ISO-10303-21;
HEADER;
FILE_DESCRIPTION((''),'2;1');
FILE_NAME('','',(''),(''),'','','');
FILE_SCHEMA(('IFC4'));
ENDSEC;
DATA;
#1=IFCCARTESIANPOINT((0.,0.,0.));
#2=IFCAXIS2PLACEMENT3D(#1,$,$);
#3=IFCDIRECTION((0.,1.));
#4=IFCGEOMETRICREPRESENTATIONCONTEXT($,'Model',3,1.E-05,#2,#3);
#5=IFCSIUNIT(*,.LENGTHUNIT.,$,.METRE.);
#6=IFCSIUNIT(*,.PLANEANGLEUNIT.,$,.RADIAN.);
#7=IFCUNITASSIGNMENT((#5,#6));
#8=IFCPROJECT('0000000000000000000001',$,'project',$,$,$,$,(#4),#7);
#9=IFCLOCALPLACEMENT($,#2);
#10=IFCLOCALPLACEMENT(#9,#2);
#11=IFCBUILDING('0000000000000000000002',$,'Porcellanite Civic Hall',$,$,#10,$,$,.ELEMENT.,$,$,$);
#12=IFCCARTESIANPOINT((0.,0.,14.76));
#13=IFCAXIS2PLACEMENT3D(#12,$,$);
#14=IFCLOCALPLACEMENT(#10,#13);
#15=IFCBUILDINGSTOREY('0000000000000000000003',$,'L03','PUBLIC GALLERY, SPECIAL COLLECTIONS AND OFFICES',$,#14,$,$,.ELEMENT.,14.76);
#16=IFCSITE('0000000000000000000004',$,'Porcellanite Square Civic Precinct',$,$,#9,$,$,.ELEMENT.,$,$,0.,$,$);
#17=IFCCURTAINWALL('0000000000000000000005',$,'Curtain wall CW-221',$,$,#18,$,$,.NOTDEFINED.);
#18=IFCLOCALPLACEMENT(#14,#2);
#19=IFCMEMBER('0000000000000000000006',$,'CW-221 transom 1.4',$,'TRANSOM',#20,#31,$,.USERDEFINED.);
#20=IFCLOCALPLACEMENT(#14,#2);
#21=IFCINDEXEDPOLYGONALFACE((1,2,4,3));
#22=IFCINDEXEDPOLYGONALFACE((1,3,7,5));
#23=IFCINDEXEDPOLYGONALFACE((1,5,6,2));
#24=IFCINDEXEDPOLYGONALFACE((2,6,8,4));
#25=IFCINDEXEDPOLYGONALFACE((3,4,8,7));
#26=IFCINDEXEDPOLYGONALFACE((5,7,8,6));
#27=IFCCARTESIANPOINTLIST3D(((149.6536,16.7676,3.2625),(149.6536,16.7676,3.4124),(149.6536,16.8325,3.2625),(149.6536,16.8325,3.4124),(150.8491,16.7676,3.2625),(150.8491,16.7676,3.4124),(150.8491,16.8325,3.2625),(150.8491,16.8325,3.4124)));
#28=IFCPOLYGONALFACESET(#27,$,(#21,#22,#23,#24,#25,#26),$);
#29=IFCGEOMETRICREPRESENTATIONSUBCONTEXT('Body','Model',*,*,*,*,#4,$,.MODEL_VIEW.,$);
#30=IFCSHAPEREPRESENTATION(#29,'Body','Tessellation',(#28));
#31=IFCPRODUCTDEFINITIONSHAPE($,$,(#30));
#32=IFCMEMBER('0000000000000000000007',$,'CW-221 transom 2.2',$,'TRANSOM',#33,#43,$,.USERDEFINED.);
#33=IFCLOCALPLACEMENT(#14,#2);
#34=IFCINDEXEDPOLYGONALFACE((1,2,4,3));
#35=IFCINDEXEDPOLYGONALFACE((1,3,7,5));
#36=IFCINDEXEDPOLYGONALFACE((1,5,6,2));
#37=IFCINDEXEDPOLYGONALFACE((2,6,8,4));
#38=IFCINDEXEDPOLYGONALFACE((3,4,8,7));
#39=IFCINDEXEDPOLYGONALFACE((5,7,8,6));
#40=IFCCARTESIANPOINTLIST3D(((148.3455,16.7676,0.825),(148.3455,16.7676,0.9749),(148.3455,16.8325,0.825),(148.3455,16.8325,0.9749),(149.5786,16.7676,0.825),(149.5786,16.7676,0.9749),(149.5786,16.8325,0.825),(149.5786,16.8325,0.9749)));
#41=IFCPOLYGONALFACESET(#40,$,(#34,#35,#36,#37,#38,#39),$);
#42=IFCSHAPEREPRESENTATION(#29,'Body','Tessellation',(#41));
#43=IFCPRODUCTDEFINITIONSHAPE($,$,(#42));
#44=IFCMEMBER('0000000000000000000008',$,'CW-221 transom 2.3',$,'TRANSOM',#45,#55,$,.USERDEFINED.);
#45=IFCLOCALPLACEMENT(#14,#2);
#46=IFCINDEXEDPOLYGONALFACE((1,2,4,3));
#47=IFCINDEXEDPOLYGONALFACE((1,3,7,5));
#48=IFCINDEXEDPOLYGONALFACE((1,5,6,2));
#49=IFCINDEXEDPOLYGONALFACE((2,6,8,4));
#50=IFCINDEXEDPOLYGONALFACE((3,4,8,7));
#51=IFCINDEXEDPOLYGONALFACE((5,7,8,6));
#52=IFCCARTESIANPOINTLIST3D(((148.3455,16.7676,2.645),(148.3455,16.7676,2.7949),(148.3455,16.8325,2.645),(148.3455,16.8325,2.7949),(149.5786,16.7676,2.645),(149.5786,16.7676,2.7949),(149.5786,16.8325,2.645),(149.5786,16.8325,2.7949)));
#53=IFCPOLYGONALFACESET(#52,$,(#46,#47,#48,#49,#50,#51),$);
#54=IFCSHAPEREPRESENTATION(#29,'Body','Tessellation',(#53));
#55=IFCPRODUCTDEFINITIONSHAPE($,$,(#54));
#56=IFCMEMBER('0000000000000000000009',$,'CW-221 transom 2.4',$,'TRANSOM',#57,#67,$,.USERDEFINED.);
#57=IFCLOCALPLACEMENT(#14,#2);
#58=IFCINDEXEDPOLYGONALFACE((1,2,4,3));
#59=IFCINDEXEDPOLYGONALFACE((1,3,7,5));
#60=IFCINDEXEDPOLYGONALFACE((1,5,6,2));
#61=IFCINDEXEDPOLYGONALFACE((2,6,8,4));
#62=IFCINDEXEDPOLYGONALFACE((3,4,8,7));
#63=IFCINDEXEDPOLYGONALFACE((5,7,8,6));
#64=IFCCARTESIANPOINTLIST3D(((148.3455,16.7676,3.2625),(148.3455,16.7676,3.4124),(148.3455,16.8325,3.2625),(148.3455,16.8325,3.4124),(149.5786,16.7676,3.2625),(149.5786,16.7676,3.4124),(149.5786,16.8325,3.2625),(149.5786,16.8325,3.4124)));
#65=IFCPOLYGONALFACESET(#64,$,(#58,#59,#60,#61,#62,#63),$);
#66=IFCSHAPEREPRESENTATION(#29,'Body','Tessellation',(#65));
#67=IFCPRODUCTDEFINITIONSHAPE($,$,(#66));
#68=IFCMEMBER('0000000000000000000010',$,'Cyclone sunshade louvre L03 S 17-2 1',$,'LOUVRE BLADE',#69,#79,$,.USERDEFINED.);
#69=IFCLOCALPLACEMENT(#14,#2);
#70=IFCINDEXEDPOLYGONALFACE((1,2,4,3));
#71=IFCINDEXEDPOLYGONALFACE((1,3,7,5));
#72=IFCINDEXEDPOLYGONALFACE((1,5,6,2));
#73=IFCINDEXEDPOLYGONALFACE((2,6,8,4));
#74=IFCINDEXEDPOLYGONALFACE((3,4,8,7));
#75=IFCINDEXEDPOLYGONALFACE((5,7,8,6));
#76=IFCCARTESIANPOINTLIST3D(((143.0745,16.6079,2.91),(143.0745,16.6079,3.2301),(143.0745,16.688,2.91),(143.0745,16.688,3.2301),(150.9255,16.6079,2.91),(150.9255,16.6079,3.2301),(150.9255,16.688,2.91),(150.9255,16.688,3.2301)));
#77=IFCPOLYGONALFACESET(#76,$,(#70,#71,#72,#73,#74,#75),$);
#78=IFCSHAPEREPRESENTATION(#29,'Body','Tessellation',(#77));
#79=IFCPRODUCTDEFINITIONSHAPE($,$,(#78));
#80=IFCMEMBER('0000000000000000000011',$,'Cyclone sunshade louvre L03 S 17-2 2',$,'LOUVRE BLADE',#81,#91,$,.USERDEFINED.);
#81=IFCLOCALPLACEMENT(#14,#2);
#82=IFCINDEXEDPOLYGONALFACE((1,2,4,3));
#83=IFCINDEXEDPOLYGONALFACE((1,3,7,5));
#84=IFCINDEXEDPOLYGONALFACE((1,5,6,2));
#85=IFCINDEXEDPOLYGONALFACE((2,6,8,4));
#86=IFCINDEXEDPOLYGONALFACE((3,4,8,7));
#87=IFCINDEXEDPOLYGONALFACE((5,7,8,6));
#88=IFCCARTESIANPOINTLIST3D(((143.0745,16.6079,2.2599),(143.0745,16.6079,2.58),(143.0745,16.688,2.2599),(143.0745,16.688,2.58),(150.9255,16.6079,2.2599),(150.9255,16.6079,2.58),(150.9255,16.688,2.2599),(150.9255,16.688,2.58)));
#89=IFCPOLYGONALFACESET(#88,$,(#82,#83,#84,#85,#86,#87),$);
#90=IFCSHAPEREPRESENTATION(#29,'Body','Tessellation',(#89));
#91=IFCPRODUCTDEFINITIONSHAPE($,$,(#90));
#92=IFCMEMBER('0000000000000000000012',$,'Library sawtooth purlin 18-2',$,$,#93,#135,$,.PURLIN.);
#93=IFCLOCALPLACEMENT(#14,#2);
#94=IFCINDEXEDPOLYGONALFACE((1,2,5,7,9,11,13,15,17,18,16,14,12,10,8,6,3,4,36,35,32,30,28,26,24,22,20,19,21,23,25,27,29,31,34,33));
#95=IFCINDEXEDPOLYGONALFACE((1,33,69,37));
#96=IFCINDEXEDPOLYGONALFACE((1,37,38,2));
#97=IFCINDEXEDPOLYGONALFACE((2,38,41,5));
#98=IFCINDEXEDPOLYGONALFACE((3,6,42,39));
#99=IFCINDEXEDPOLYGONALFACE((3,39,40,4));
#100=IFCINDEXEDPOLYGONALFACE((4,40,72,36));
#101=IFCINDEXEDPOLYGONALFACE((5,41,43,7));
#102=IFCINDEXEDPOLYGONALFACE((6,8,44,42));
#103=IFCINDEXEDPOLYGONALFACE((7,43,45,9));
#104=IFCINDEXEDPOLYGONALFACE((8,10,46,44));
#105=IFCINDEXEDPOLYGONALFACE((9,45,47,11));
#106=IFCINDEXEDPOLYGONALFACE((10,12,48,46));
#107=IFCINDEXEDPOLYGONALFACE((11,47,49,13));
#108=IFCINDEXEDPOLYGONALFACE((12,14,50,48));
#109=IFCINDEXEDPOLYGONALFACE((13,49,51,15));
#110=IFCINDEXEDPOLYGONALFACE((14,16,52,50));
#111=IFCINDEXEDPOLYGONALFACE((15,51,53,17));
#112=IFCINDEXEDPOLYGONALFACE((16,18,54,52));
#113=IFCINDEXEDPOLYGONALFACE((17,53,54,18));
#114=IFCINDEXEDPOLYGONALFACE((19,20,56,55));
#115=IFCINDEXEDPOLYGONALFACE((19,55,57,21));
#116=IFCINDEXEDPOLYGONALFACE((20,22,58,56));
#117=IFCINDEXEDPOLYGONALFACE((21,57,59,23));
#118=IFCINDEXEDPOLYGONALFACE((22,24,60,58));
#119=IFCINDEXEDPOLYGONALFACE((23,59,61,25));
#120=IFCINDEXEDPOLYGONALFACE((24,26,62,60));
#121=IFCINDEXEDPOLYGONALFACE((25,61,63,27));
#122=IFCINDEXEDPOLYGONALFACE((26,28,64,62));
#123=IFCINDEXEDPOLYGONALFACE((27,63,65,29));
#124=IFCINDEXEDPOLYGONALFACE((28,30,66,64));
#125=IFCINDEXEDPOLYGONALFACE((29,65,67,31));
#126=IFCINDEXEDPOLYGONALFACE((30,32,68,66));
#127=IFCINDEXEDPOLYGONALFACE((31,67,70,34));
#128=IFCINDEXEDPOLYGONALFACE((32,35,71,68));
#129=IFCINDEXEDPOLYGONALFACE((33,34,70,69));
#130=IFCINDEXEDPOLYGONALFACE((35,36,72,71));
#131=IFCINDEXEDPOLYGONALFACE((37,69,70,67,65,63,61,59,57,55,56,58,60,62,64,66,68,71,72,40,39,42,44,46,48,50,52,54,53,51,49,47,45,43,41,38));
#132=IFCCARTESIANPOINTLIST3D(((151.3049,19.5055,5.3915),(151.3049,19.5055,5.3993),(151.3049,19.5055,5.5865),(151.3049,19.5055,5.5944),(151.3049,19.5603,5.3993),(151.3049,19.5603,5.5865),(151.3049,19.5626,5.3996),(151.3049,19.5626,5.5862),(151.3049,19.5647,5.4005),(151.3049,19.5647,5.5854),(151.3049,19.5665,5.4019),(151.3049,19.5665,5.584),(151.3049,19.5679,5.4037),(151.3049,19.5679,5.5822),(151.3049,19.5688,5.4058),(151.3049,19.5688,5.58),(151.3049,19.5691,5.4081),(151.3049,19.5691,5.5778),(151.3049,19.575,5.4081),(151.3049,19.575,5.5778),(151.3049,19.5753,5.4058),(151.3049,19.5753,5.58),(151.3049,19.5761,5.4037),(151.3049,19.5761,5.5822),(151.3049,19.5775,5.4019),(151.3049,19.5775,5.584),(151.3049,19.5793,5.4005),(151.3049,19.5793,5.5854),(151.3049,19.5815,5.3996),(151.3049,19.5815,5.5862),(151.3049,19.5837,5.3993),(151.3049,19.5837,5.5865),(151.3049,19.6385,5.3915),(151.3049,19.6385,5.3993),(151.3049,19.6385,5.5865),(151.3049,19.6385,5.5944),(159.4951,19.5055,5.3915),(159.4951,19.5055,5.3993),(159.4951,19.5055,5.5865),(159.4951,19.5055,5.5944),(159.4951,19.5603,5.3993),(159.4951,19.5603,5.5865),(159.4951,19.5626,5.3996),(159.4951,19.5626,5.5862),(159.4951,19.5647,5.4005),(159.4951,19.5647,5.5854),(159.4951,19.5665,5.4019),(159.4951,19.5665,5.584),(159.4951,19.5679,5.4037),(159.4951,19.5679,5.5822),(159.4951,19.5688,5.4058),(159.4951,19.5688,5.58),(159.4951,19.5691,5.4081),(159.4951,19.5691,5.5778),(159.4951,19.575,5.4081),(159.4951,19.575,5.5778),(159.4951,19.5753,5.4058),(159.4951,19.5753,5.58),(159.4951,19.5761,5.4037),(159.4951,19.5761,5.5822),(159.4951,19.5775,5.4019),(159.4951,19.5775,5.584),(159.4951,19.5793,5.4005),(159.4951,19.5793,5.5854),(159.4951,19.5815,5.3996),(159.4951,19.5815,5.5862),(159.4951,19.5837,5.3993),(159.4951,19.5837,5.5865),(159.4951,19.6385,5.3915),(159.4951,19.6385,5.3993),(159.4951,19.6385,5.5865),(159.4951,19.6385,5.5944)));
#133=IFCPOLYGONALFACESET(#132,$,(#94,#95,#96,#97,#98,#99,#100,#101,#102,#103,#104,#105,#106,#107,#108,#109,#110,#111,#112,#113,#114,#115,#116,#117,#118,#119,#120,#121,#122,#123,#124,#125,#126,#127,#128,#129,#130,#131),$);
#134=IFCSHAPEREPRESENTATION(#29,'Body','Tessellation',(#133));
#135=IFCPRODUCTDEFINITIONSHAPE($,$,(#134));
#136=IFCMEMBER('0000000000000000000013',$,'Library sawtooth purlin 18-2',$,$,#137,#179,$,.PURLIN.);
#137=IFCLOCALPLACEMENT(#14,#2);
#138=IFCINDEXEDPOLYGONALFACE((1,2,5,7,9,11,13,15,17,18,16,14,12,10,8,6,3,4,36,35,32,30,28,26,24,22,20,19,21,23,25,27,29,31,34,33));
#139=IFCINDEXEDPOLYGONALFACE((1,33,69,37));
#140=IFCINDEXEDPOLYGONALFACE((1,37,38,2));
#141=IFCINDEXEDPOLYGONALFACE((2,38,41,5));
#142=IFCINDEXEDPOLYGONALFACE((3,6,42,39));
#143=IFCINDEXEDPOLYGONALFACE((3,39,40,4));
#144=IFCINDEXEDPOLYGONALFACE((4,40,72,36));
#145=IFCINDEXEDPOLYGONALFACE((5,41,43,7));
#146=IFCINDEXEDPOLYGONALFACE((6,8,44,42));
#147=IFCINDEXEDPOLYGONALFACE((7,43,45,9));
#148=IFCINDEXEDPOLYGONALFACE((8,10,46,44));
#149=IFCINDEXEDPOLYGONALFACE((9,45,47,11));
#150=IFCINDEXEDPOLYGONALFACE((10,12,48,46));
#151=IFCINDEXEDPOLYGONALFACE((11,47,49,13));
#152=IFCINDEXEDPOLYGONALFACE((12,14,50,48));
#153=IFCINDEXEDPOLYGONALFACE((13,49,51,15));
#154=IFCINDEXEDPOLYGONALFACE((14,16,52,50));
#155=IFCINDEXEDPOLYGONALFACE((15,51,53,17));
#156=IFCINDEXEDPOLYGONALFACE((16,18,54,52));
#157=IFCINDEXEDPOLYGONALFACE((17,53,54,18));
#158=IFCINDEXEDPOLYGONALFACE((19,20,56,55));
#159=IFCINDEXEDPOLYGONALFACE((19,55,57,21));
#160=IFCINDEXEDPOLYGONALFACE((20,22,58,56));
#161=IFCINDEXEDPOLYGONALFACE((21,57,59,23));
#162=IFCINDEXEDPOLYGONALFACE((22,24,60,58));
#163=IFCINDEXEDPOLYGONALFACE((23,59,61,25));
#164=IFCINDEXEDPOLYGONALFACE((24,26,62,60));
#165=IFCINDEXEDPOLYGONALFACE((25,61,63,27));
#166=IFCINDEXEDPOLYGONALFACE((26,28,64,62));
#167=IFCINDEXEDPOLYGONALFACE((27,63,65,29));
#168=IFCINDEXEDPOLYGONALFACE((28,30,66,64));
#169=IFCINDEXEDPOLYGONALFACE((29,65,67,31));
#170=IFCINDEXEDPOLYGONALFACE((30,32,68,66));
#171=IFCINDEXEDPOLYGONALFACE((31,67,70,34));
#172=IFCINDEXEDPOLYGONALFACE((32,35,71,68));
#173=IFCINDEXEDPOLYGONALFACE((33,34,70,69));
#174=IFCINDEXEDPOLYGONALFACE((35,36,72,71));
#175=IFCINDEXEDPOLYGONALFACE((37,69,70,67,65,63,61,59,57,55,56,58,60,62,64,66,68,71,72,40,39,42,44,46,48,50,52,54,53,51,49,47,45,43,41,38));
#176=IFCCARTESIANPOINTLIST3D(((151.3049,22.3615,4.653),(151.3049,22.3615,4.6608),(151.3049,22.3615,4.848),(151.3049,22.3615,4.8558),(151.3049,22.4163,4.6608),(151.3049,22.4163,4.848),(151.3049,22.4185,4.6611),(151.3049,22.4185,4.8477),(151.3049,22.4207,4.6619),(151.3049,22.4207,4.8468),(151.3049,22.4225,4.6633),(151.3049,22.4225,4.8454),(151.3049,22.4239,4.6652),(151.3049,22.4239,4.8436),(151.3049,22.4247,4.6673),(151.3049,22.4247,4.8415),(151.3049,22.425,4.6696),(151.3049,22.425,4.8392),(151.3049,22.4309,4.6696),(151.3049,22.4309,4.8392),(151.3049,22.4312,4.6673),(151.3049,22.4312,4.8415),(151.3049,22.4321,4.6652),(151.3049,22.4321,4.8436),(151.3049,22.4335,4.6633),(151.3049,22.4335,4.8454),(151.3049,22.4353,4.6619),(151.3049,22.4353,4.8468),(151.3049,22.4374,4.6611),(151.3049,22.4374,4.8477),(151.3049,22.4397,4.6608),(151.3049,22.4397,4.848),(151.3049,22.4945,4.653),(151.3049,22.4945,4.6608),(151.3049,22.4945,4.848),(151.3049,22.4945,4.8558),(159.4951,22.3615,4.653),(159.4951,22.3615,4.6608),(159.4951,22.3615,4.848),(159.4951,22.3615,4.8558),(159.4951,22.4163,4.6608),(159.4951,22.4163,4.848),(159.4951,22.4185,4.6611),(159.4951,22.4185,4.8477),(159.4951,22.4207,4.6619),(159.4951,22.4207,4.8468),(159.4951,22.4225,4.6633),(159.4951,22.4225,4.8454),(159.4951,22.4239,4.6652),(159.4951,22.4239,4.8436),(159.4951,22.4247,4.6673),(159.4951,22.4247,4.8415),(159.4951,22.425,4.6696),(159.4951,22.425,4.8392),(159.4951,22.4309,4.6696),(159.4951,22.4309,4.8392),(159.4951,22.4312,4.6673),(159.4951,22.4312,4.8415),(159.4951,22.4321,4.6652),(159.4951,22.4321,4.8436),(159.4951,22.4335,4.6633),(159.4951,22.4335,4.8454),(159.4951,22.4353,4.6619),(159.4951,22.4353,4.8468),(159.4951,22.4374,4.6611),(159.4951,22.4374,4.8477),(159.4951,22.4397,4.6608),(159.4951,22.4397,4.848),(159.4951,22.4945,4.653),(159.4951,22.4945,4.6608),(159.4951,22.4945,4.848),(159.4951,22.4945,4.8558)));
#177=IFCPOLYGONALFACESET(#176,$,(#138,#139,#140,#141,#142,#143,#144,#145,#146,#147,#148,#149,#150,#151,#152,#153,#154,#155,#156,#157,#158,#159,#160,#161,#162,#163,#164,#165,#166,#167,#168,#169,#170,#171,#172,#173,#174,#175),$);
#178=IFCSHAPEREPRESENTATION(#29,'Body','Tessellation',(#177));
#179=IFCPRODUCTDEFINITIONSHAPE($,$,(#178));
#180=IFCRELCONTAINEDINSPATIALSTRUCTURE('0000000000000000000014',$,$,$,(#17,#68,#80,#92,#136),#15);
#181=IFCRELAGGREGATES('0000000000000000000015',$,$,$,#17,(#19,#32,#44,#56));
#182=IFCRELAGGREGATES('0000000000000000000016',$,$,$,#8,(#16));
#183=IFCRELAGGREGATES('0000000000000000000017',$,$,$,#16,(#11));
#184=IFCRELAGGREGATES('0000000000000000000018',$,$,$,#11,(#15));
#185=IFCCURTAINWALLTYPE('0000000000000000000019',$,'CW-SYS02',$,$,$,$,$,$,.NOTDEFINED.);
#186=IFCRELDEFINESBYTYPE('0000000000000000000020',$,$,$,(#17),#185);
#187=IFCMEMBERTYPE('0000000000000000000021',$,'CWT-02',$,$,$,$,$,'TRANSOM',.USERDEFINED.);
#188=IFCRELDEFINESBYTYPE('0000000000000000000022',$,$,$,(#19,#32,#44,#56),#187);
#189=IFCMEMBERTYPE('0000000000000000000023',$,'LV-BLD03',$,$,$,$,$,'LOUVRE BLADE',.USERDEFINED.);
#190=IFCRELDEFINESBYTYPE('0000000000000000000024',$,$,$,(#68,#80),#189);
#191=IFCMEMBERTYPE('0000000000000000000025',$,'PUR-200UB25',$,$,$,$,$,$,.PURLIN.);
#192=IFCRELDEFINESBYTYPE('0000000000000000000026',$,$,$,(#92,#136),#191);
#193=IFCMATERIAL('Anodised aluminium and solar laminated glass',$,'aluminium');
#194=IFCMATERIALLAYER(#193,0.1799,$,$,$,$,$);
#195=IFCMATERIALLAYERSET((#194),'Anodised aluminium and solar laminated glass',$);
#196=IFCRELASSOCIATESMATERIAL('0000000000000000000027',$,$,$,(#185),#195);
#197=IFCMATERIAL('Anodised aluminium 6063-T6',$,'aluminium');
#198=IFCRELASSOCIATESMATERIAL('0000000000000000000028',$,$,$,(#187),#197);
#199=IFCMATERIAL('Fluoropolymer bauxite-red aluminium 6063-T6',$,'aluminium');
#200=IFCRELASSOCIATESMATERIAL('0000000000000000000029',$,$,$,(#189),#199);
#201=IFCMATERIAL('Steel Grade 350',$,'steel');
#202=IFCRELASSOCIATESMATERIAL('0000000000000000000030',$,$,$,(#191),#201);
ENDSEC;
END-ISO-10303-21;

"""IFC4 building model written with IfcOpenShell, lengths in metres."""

from ifc_helpers import new_model, si_unit, direction, frame, origin, origin_2d, place, context, subcontext, project, spatial, rectangle, i_section, extrude, material, layer, layer_set, material_profile, profile_set, type_object, element, aggregate, save


model = new_model("IFC4")

# Units and contexts
model_context = context("Model", 3, precision=1e-05, world=origin(), true_north=direction((0.0, 1.0)))
body_context = subcontext(model_context, "Body", "Model", "MODEL_VIEW")
ifc_project = project(units=[si_unit("LENGTHUNIT", "METRE"), si_unit("PLANEANGLEUNIT", "RADIAN")], contexts=[model_context])

# Site, building, storey
site_placement = place(None, origin())
site = spatial("IfcSite", under=ifc_project, at=site_placement, Name="Porcellanite Square Civic Precinct", CompositionType="ELEMENT", RefElevation=0.0)
building_placement = place(site_placement, origin())
building = spatial("IfcBuilding", under=site, at=building_placement, Name="Porcellanite Civic Hall", CompositionType="ELEMENT")
storey_placement = place(building_placement, frame((0.0, 0.0, 14.76)))
storey = spatial("IfcBuildingStorey", under=building, at=storey_placement, Name="L03", Description="PUBLIC GALLERY, SPECIAL COLLECTIONS AND OFFICES", CompositionType="ELEMENT", Elevation=14.76)

# Curtain wall, members
ifc_material_1 = material(Name="Anodised aluminium and solar laminated glass", Category="aluminium")
ifc_layer_1 = layer(ifc_material_1, 0.1799)
ifc_layer_set_1 = layer_set([ifc_layer_1], Name="Anodised aluminium and solar laminated glass")
curtain_wall_type = type_object("IfcCurtainWallType", Name="CW-SYS02", PredefinedType="NOTDEFINED", material=ifc_layer_set_1)
curtain_wall_placement = place(storey_placement, origin())
curtain_wall = element("IfcCurtainWall", 1, at=curtain_wall_placement, inside=storey, type_object=curtain_wall_type, Name="Curtain wall CW-221", PredefinedType="NOTDEFINED")
ifc_material_2 = material(Name="Anodised aluminium 6063-T6", Category="aluminium")
ifc_material_profile_1 = material_profile(ifc_material_2, rectangle(XDim=0.0649, YDim=0.1499, at=origin_2d()), Name="AL-65x150")
ifc_profile_set_1 = profile_set([ifc_material_profile_1], Name="Anodised aluminium 6063-T6")
member_type_1 = type_object("IfcMemberType", Name="CWT-02", ElementType="TRANSOM", PredefinedType="USERDEFINED", material=ifc_profile_set_1)
member_1_placement = place(storey_placement, frame((150.8491, 16.8, 3.3374), z_axis=(-1.0, 0.0, 0.0), x_axis=(0.0, -1.0, 0.0)))
member_1 = element("IfcMember", 2, at=member_1_placement, type_object=member_type_1, Name="CW-221 transom 1.4", ObjectType="TRANSOM", PredefinedType="USERDEFINED", context=body_context, shape_type="SweptSolid", body=[
    extrude(rectangle(XDim=0.0649, YDim=0.1499, at=origin_2d()), origin(), (0.0, 0.0, 1.0), 1.1956),
])
member_2_placement = place(storey_placement, frame((149.5786, 16.8, 0.8999), z_axis=(-1.0, 0.0, 0.0), x_axis=(0.0, -1.0, 0.0)))
member_2 = element("IfcMember", 3, at=member_2_placement, type_object=member_type_1, Name="CW-221 transom 2.2", ObjectType="TRANSOM", PredefinedType="USERDEFINED", context=body_context, shape_type="SweptSolid", body=[
    extrude(rectangle(XDim=0.0649, YDim=0.1499, at=origin_2d()), origin(), (0.0, 0.0, 1.0), 1.2332),
])
member_3_placement = place(storey_placement, frame((149.5786, 16.8, 2.72), z_axis=(-1.0, 0.0, 0.0), x_axis=(0.0, -1.0, 0.0)))
member_3 = element("IfcMember", 4, at=member_3_placement, type_object=member_type_1, Name="CW-221 transom 2.3", ObjectType="TRANSOM", PredefinedType="USERDEFINED", context=body_context, shape_type="SweptSolid", body=[
    extrude(rectangle(XDim=0.0649, YDim=0.1499, at=origin_2d()), origin(), (0.0, 0.0, 1.0), 1.2332),
])
member_4_placement = place(storey_placement, frame((149.5786, 16.8, 3.3374), z_axis=(-1.0, 0.0, 0.0), x_axis=(0.0, -1.0, 0.0)))
member_4 = element("IfcMember", 5, at=member_4_placement, type_object=member_type_1, Name="CW-221 transom 2.4", ObjectType="TRANSOM", PredefinedType="USERDEFINED", context=body_context, shape_type="SweptSolid", body=[
    extrude(rectangle(XDim=0.0649, YDim=0.1499, at=origin_2d()), origin(), (0.0, 0.0, 1.0), 1.2332),
])

# Members
ifc_material_3 = material(Name="Fluoropolymer bauxite-red aluminium 6063-T6", Category="aluminium")
ifc_material_profile_2 = material_profile(ifc_material_3, rectangle(XDim=0.0801, YDim=0.3201, at=origin_2d()), Name="AL-80x320")
ifc_profile_set_2 = profile_set([ifc_material_profile_2], Name="Fluoropolymer bauxite-red aluminium 6063-T6")
member_type_2 = type_object("IfcMemberType", Name="LV-BLD03", ElementType="LOUVRE BLADE", PredefinedType="USERDEFINED", material=ifc_profile_set_2)
for number, where, z_axis, x_axis, name in (
    (6, (150.9255, 16.6479, 3.0701), (-1.0, 0.0, 0.0), (0.0, -1.0, 0.0), "Cyclone sunshade louvre L03 S 17-2 1"),
    (7, (150.9255, 16.6479, 2.4199), (-1.0, 0.0, 0.0), (0.0, -1.0, 0.0), "Cyclone sunshade louvre L03 S 17-2 2"),
):
    element("IfcMember", number, at=place(storey_placement, frame(where, z_axis=z_axis, x_axis=x_axis)), inside=storey, type_object=member_type_2, Name=name, ObjectType="LOUVRE BLADE", PredefinedType="USERDEFINED", context=body_context, shape_type="SweptSolid", body=[
        extrude(rectangle(XDim=0.0801, YDim=0.3201, at=origin_2d()), origin(), (0.0, 0.0, 1.0), 7.8511),
    ])
ifc_material_4 = material(Name="Steel Grade 350", Category="steel")
ifc_material_profile_3 = material_profile(ifc_material_4, i_section(OverallWidth=0.1331, OverallDepth=0.2029, WebThickness=0.0059, FlangeThickness=0.0078, FilletRadius=0.0088, at=origin_2d()), Name="200UB25.4")
ifc_profile_set_3 = profile_set([ifc_material_profile_3], Name="Steel Grade 350")
member_type_3 = type_object("IfcMemberType", Name="PUR-200UB25", PredefinedType="PURLIN", material=ifc_profile_set_3)
for number, where, z_axis, x_axis, name in (
    (8, (151.3049, 19.572, 5.4929), (1.0, 0.0, 0.0), (0.0, 1.0, 0.0), "Library sawtooth purlin 18-2"),
    (9, (151.3049, 22.428, 4.7544), (1.0, 0.0, 0.0), (0.0, 1.0, 0.0), "Library sawtooth purlin 18-2"),
):
    element("IfcMember", number, at=place(storey_placement, frame(where, z_axis=z_axis, x_axis=x_axis)), inside=storey, type_object=member_type_3, Name=name, PredefinedType="PURLIN", context=body_context, shape_type="SweptSolid", body=[
        extrude(i_section(OverallWidth=0.1331, OverallDepth=0.2029, WebThickness=0.0059, FlangeThickness=0.0078, FilletRadius=0.0088, at=origin_2d()), origin(), (0.0, 0.0, 1.0), 8.1902),
    ])

aggregate(curtain_wall, [member_1, member_2, member_3, member_4])

save(model, "model.ifc")
